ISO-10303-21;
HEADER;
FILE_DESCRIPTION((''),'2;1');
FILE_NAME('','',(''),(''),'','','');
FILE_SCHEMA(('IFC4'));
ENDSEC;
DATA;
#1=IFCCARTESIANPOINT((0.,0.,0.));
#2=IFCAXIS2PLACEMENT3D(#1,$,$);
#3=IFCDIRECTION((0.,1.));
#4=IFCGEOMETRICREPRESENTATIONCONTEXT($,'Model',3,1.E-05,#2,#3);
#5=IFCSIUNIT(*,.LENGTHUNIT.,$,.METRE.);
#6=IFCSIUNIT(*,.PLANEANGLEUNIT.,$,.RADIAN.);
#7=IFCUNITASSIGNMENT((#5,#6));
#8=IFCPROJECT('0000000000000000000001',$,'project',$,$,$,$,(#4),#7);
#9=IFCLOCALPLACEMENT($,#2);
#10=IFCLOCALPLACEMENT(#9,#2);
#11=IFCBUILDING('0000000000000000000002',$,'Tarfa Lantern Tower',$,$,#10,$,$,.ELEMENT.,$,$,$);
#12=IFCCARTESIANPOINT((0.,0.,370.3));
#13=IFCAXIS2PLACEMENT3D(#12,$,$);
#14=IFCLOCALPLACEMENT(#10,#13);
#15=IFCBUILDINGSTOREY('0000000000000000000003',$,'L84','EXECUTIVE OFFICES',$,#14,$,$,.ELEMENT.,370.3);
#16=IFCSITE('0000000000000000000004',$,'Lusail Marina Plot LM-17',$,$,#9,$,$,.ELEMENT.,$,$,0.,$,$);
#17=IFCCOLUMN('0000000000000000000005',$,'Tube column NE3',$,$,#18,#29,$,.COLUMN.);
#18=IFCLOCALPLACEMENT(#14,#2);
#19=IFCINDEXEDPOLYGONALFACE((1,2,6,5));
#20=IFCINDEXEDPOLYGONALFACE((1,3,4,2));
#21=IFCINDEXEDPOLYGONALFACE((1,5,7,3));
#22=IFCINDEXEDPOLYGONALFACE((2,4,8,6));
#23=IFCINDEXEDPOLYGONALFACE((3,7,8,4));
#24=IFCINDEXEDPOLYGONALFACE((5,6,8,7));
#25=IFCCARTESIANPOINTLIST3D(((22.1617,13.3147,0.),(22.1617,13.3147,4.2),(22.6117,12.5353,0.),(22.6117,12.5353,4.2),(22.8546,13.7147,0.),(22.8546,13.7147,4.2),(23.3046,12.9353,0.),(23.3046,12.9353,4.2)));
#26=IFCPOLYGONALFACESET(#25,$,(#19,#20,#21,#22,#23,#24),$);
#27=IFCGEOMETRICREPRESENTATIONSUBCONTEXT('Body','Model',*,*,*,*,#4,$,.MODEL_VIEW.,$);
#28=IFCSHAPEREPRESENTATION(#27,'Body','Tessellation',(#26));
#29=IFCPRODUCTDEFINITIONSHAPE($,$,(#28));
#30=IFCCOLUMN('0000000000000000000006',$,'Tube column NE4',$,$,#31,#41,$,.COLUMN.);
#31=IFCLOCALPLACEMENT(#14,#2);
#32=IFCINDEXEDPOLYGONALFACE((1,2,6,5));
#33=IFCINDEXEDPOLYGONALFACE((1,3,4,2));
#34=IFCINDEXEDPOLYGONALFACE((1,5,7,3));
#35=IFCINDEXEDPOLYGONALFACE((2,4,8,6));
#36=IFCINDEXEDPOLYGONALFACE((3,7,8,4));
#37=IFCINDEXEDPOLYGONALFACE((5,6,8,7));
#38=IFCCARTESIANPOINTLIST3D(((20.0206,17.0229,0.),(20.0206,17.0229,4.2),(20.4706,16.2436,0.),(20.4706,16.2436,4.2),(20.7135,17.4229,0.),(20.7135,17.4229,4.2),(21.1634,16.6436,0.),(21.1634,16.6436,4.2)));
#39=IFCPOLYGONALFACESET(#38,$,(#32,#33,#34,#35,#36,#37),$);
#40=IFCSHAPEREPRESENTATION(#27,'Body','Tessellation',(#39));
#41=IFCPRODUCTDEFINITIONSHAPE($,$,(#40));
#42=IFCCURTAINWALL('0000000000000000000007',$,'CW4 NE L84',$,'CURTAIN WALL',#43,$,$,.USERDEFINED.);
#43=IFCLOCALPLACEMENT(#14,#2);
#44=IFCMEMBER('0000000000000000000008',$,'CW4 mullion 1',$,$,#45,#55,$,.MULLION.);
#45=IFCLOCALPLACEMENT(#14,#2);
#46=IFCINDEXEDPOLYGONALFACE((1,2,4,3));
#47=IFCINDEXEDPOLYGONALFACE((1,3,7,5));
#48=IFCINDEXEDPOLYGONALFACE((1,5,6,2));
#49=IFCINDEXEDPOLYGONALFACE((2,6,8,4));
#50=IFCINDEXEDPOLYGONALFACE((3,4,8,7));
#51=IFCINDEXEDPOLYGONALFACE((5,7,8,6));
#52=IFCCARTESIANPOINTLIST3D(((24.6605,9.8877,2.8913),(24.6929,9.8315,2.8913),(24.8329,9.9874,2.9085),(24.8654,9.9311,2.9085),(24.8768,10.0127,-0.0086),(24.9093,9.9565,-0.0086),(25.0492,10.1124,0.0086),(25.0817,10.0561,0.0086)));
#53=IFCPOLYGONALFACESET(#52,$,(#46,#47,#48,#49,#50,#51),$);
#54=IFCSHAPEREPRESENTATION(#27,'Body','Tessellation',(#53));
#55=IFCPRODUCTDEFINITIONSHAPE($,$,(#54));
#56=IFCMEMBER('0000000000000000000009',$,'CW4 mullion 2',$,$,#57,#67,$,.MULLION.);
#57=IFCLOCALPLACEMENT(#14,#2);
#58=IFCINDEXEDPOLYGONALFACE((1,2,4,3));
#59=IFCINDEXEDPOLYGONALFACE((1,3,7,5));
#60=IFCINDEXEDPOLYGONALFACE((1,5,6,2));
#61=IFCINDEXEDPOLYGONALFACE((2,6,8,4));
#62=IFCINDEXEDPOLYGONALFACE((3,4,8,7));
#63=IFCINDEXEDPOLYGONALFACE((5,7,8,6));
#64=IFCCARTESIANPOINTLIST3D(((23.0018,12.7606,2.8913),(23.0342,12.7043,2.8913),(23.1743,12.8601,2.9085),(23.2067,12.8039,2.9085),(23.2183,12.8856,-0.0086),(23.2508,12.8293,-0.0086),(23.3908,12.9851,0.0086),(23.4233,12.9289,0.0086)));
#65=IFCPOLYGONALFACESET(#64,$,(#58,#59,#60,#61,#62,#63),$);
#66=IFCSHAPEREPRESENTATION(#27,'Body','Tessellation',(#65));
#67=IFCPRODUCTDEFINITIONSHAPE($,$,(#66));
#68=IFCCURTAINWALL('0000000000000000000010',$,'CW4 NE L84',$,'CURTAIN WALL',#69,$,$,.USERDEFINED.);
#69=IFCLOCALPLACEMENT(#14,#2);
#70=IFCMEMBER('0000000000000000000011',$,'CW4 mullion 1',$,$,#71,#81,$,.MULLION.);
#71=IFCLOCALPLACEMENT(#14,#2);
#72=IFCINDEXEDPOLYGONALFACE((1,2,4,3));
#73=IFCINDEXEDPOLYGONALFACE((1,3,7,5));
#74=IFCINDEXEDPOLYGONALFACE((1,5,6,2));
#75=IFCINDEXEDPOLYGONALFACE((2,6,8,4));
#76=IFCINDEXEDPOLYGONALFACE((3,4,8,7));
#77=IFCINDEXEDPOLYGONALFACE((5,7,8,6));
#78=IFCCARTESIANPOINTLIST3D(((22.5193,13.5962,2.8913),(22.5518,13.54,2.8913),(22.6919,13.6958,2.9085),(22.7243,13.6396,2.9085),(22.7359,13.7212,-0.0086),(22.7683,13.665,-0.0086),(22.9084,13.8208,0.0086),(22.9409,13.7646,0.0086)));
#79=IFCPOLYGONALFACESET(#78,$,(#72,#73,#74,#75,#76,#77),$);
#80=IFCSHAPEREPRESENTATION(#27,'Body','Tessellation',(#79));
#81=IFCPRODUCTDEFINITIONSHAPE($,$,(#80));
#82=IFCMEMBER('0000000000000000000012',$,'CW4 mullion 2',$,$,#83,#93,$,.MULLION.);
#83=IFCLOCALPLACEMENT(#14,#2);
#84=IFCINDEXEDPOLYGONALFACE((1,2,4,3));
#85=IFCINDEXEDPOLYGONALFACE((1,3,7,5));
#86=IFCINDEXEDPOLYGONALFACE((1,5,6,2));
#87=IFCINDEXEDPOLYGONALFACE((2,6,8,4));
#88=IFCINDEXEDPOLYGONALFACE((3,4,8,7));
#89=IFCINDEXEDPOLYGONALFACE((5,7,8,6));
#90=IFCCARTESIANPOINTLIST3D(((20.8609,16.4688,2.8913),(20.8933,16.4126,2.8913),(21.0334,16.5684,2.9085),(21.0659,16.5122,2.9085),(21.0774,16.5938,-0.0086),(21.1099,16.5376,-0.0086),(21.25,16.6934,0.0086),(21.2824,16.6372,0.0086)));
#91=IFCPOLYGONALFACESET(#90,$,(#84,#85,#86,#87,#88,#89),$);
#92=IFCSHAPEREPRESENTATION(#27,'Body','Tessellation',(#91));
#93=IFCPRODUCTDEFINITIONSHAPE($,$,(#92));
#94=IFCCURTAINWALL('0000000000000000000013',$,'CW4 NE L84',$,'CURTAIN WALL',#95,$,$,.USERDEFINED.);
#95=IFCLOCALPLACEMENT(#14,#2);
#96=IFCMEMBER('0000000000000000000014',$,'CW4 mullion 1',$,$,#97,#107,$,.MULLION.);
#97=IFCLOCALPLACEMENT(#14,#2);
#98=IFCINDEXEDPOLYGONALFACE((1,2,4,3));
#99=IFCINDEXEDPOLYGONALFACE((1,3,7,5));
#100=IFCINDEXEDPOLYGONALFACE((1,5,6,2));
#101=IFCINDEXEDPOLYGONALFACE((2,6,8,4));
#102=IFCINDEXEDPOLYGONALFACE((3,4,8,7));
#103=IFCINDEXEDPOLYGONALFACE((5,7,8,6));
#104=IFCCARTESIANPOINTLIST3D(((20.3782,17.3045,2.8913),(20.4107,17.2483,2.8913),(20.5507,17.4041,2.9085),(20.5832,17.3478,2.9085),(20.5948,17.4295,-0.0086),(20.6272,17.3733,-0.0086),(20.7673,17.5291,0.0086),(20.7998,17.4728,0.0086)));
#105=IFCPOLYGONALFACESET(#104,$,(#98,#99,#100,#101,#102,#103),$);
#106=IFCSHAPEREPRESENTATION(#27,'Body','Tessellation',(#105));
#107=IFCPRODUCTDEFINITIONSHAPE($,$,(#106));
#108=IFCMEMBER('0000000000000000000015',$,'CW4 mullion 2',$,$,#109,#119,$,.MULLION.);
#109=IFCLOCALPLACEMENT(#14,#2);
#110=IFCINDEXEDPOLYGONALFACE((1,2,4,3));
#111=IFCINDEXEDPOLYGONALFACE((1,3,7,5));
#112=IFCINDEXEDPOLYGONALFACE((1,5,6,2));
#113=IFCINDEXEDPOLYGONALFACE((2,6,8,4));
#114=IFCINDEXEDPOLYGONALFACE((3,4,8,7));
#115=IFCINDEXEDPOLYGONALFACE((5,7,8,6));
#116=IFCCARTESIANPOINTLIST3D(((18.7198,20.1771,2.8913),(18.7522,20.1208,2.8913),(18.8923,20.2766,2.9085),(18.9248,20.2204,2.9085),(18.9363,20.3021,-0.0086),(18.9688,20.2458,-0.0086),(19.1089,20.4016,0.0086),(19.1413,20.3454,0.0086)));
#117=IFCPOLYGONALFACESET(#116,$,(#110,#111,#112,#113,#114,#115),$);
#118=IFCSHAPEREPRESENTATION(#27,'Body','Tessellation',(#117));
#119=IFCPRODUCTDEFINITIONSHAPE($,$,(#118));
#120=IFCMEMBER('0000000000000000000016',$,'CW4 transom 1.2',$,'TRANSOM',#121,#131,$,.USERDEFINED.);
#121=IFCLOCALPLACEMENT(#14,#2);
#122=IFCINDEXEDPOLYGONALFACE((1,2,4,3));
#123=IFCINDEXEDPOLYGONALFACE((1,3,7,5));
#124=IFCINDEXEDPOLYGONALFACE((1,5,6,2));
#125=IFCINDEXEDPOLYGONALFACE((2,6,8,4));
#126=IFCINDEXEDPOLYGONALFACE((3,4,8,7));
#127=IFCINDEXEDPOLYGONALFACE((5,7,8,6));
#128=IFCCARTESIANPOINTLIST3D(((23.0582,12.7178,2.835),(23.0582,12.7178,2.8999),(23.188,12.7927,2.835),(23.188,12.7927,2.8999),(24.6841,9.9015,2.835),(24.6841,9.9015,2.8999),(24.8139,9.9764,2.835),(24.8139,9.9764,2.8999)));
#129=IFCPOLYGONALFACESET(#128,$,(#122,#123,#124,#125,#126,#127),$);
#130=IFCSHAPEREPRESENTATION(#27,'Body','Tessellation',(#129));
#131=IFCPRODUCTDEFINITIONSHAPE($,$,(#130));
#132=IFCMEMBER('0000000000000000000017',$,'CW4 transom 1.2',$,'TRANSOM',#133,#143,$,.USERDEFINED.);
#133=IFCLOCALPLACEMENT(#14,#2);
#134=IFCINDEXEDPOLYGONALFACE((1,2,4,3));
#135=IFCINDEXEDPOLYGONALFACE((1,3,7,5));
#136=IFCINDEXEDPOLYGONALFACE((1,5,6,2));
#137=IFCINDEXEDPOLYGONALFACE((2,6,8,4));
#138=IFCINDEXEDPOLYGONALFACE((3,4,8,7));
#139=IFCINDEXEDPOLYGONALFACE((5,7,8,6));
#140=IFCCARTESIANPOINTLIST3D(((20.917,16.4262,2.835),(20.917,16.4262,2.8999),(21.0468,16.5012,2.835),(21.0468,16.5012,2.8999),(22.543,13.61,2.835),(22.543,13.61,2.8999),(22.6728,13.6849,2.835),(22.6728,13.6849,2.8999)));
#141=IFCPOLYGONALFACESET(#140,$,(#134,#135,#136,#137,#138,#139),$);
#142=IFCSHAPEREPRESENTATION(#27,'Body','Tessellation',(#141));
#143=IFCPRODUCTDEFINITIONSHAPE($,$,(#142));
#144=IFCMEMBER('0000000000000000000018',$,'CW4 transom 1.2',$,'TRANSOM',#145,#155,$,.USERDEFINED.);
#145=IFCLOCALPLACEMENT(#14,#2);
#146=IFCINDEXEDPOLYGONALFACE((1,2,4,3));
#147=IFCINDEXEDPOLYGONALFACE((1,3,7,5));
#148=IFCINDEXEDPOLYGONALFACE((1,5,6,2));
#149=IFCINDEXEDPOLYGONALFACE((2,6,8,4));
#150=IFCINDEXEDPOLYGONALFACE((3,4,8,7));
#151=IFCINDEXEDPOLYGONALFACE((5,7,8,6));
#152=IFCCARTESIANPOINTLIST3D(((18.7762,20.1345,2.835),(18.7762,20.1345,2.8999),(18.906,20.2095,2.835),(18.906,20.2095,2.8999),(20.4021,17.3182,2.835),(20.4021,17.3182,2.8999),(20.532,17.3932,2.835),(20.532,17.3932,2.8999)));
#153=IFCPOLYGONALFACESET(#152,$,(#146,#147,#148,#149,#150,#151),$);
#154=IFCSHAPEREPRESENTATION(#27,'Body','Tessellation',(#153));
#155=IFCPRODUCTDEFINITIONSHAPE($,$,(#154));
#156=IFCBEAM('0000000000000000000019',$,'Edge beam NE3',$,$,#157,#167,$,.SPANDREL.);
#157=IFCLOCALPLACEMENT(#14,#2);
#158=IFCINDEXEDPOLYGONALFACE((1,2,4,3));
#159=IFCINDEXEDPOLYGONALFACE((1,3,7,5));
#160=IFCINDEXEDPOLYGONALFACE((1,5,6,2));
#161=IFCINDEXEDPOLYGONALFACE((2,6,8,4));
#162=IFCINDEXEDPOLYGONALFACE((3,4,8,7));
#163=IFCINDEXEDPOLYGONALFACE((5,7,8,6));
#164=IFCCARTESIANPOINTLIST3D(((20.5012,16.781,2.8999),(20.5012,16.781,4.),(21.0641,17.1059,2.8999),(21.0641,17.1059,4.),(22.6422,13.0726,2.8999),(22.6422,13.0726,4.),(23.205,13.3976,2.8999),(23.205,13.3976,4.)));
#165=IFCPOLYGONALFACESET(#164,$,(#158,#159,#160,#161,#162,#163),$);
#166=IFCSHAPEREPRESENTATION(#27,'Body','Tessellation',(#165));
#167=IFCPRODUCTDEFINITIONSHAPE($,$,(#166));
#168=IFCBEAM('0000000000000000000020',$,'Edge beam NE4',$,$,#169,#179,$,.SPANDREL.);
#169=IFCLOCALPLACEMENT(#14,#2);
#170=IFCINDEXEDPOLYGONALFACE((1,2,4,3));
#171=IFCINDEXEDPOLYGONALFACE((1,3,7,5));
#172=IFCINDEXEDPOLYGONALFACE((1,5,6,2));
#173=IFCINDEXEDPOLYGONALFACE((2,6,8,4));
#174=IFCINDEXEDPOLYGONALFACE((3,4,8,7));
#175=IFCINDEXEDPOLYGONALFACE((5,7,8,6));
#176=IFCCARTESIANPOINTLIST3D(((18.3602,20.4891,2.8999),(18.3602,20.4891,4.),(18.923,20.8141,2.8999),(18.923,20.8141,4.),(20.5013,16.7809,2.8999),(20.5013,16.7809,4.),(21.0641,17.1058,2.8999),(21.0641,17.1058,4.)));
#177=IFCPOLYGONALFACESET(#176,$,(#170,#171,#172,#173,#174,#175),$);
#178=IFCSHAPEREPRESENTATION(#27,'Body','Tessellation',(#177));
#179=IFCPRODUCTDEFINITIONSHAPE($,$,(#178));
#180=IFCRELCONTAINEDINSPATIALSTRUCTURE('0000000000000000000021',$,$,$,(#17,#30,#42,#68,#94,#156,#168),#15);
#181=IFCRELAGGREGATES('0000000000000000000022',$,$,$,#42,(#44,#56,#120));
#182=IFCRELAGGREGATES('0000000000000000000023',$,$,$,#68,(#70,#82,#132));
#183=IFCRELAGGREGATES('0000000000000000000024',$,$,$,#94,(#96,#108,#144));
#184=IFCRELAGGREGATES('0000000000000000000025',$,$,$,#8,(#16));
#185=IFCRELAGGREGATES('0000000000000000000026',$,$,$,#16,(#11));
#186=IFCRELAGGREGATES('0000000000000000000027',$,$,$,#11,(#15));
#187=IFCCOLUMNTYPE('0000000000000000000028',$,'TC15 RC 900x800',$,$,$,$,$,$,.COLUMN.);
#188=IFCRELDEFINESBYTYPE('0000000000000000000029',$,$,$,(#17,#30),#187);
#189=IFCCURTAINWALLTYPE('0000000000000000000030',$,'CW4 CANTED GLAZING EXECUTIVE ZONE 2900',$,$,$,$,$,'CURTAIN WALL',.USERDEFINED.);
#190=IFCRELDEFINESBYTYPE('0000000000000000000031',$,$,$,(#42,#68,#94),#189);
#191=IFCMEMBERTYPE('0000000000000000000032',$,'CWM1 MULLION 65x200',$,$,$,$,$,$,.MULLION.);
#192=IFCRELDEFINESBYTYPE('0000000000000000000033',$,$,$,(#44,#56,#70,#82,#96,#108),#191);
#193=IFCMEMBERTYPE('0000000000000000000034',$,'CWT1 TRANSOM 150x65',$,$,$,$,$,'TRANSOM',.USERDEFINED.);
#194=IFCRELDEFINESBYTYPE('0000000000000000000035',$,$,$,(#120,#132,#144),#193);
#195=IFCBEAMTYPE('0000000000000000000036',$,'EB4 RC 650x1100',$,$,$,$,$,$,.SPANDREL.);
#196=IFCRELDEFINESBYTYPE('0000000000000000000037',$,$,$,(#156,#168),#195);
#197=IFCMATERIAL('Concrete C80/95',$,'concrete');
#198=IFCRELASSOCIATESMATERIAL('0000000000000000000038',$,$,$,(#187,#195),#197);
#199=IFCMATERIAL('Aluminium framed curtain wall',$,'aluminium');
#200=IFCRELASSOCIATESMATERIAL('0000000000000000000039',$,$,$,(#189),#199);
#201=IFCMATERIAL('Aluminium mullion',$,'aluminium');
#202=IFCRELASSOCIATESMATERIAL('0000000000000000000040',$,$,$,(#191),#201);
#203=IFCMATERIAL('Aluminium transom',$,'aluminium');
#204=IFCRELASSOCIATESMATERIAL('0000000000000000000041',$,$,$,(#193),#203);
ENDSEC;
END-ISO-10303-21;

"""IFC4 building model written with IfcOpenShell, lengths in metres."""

from ifc_helpers import new_model, si_unit, direction, frame, origin, origin_2d, place, context, subcontext, project, spatial, rectangle, extrude, material, material_profile, profile_set, type_object, element, aggregate, save


model = new_model("IFC4")

# Units and contexts
model_context = context("Model", 3, precision=1e-05, world=origin(), true_north=direction((0.0, 1.0)))
body_context = subcontext(model_context, "Body", "Model", "MODEL_VIEW")
ifc_project = project(units=[si_unit("LENGTHUNIT", "METRE"), si_unit("PLANEANGLEUNIT", "RADIAN")], contexts=[model_context])

# Site, building, storey
site_placement = place(None, origin())
site = spatial("IfcSite", under=ifc_project, at=site_placement, Name="Lusail Marina Plot LM-17", CompositionType="ELEMENT", RefElevation=0.0)
building_placement = place(site_placement, origin())
building = spatial("IfcBuilding", under=site, at=building_placement, Name="Tarfa Lantern Tower", CompositionType="ELEMENT")
storey_placement = place(building_placement, frame((0.0, 0.0, 370.3)))
storey = spatial("IfcBuildingStorey", under=building, at=storey_placement, Name="L84", Description="EXECUTIVE OFFICES", CompositionType="ELEMENT", Elevation=370.3)

# Columns
ifc_material_1 = material(Name="Concrete C80/95", Category="concrete")
ifc_material_profile_1 = material_profile(ifc_material_1, rectangle(XDim=0.8999, YDim=0.8, at=origin_2d()), Name="RC 900x800")
ifc_profile_set_1 = profile_set([ifc_material_profile_1], Name="Concrete C80/95")
column_type = type_object("IfcColumnType", Name="TC15 RC 900x800", PredefinedType="COLUMN", material=ifc_profile_set_1)
for number, where, z_axis, x_axis, name in (
    (1, (22.7332, 13.125, 0.0), (0.0, 0.0, 1.0), (-0.5, 0.866025, 0.0), "Tube column NE3"),
    (2, (20.592, 16.8333, 0.0), (0.0, 0.0, 1.0), (-0.5, 0.866025, 0.0), "Tube column NE4"),
):
    element("IfcColumn", number, at=place(storey_placement, frame(where, z_axis=z_axis, x_axis=x_axis)), inside=storey, type_object=column_type, Name=name, PredefinedType="COLUMN", context=body_context, shape_type="SweptSolid", body=[
        extrude(rectangle(XDim=0.8999, YDim=0.8, at=origin_2d()), origin(), (0.0, 0.0, 1.0), 4.2),
    ])

# Curtain walls, members
ifc_material_2 = material(Name="Aluminium framed curtain wall", Category="aluminium")
curtain_wall_type = type_object("IfcCurtainWallType", Name="CW4 CANTED GLAZING EXECUTIVE ZONE 2900", ElementType="CURTAIN WALL", PredefinedType="USERDEFINED", material=ifc_material_2)
curtain_wall_1_placement = place(storey_placement, origin())
curtain_wall_1 = element("IfcCurtainWall", 3, at=curtain_wall_1_placement, inside=storey, type_object=curtain_wall_type, Name="CW4 NE L84", ObjectType="CURTAIN WALL", PredefinedType="USERDEFINED")
ifc_material_3 = material(Name="Aluminium mullion", Category="aluminium")
ifc_material_profile_2 = material_profile(ifc_material_3, rectangle(XDim=0.0649, YDim=0.2, at=origin_2d()), Name="AL MULLION 65x200")
ifc_profile_set_2 = profile_set([ifc_material_profile_2], Name="Aluminium mullion")
member_type_1 = type_object("IfcMemberType", Name="CWM1 MULLION 65x200", PredefinedType="MULLION", material=ifc_profile_set_2)
member_1_placement = place(storey_placement, frame((24.9792, 10.0344, 0.0), z_axis=(-0.074316, -0.042946, 0.99631), x_axis=(0.500343, -0.865827, 0.0)))
member_1 = element("IfcMember", 4, at=member_1_placement, type_object=member_type_1, Name="CW4 mullion 1", PredefinedType="MULLION", context=body_context, shape_type="SweptSolid", body=[
    extrude(rectangle(XDim=0.0649, YDim=0.2, at=origin_2d()), origin(), (0.0, 0.0, 1.0), 2.9106),
])
member_2_placement = place(storey_placement, frame((23.3208, 12.9072, 0.0), z_axis=(-0.0744, -0.042946, 0.996303), x_axis=(0.49992, -0.866072, 0.0)))
member_2 = element("IfcMember", 5, at=member_2_placement, type_object=member_type_1, Name="CW4 mullion 2", PredefinedType="MULLION", context=body_context, shape_type="SweptSolid", body=[
    extrude(rectangle(XDim=0.0649, YDim=0.2, at=origin_2d()), origin(), (0.0, 0.0, 1.0), 2.9106),
])
curtain_wall_2_placement = place(storey_placement, origin())
curtain_wall_2 = element("IfcCurtainWall", 6, at=curtain_wall_2_placement, inside=storey, type_object=curtain_wall_type, Name="CW4 NE L84", ObjectType="CURTAIN WALL", PredefinedType="USERDEFINED")
member_3_placement = place(storey_placement, frame((22.8384, 13.7429, 0.0), z_axis=(-0.0744, -0.042946, 0.996303), x_axis=(0.49992, -0.866072, 0.0)))
member_3 = element("IfcMember", 7, at=member_3_placement, type_object=member_type_1, Name="CW4 mullion 1", PredefinedType="MULLION", context=body_context, shape_type="SweptSolid", body=[
    extrude(rectangle(XDim=0.0649, YDim=0.2, at=origin_2d()), origin(), (0.0, 0.0, 1.0), 2.9106),
])
member_4_placement = place(storey_placement, frame((21.1799, 16.6155, 0.0), z_axis=(-0.0744, -0.042946, 0.996303), x_axis=(0.49992, -0.866072, 0.0)))
member_4 = element("IfcMember", 8, at=member_4_placement, type_object=member_type_1, Name="CW4 mullion 2", PredefinedType="MULLION", context=body_context, shape_type="SweptSolid", body=[
    extrude(rectangle(XDim=0.0649, YDim=0.2, at=origin_2d()), origin(), (0.0, 0.0, 1.0), 2.9106),
])
curtain_wall_3_placement = place(storey_placement, origin())
curtain_wall_3 = element("IfcCurtainWall", 9, at=curtain_wall_3_placement, inside=storey, type_object=curtain_wall_type, Name="CW4 NE L84", ObjectType="CURTAIN WALL", PredefinedType="USERDEFINED")
member_5_placement = place(storey_placement, frame((20.6973, 17.4512, 0.0), z_axis=(-0.0744, -0.042946, 0.996303), x_axis=(0.49992, -0.866072, 0.0)))
member_5 = element("IfcMember", 10, at=member_5_placement, type_object=member_type_1, Name="CW4 mullion 1", PredefinedType="MULLION", context=body_context, shape_type="SweptSolid", body=[
    extrude(rectangle(XDim=0.0649, YDim=0.2, at=origin_2d()), origin(), (0.0, 0.0, 1.0), 2.9106),
])
member_6_placement = place(storey_placement, frame((19.0388, 20.3237, 0.0), z_axis=(-0.0744, -0.042946, 0.996303), x_axis=(0.49992, -0.866072, 0.0)))
member_6 = element("IfcMember", 11, at=member_6_placement, type_object=member_type_1, Name="CW4 mullion 2", PredefinedType="MULLION", context=body_context, shape_type="SweptSolid", body=[
    extrude(rectangle(XDim=0.0649, YDim=0.2, at=origin_2d()), origin(), (0.0, 0.0, 1.0), 2.9106),
])

# Members
ifc_material_4 = material(Name="Aluminium transom", Category="aluminium")
ifc_material_profile_3 = material_profile(ifc_material_4, rectangle(XDim=0.1499, YDim=0.0649, at=origin_2d()), Name="AL TRANSOM 150x65")
ifc_profile_set_3 = profile_set([ifc_material_profile_3], Name="Aluminium transom")
member_type_2 = type_object("IfcMemberType", Name="CWT1 TRANSOM 150x65", ElementType="TRANSOM", PredefinedType="USERDEFINED", material=ifc_profile_set_3)
member_7_placement = place(storey_placement, frame((24.749, 9.939, 2.8674), z_axis=(-0.499982, 0.866036, 0.0), x_axis=(-0.866036, -0.499982, 0.0)))
member_7 = element("IfcMember", 12, at=member_7_placement, type_object=member_type_2, Name="CW4 transom 1.2", ObjectType="TRANSOM", PredefinedType="USERDEFINED", context=body_context, shape_type="SweptSolid", body=[
    extrude(rectangle(XDim=0.1499, YDim=0.0649, at=origin_2d()), origin(), (0.0, 0.0, 1.0), 3.252),
])
member_8_placement = place(storey_placement, frame((22.6079, 13.6475, 2.8674), z_axis=(-0.500015, 0.866017, 0.0), x_axis=(-0.866017, -0.500015, 0.0)))
member_8 = element("IfcMember", 13, at=member_8_placement, type_object=member_type_2, Name="CW4 transom 1.2", ObjectType="TRANSOM", PredefinedType="USERDEFINED", context=body_context, shape_type="SweptSolid", body=[
    extrude(rectangle(XDim=0.1499, YDim=0.0649, at=origin_2d()), origin(), (0.0, 0.0, 1.0), 3.252),
])
member_9_placement = place(storey_placement, frame((20.467, 17.3557, 2.8674), z_axis=(-0.499982, 0.866036, 0.0), x_axis=(-0.866036, -0.499982, 0.0)))
member_9 = element("IfcMember", 14, at=member_9_placement, type_object=member_type_2, Name="CW4 transom 1.2", ObjectType="TRANSOM", PredefinedType="USERDEFINED", context=body_context, shape_type="SweptSolid", body=[
    extrude(rectangle(XDim=0.1499, YDim=0.0649, at=origin_2d()), origin(), (0.0, 0.0, 1.0), 3.252),
])

# Beams
ifc_material_profile_4 = material_profile(ifc_material_1, rectangle(XDim=0.6499, YDim=1.1001, at=origin_2d()), Name="RC 650x1100")
ifc_profile_set_4 = profile_set([ifc_material_profile_4], Name="Concrete C80/95")
beam_type_1 = type_object("IfcBeamType", Name="EB4 RC 650x1100", PredefinedType="SPANDREL", material=ifc_profile_set_4)
for number, where, z_axis, x_axis, name in (
    (15, (22.9236, 13.2351, 3.45), (-0.499984, 0.866035, 0.0), (-0.866035, -0.499984, 0.0), "Edge beam NE3"),
    (16, (20.7827, 16.9434, 3.45), (-0.500027, 0.86601, 0.0), (-0.86601, -0.500027, 0.0), "Edge beam NE4"),
):
    element("IfcBeam", number, at=place(storey_placement, frame(where, z_axis=z_axis, x_axis=x_axis)), inside=storey, type_object=beam_type_1, Name=name, PredefinedType="SPANDREL", context=body_context, shape_type="SweptSolid", body=[
        extrude(rectangle(XDim=0.6499, YDim=1.1001, at=origin_2d()), origin(), (0.0, 0.0, 1.0), 4.282),
    ])

aggregate(curtain_wall_1, [member_1, member_2, member_7])
aggregate(curtain_wall_2, [member_3, member_4, member_8])
aggregate(curtain_wall_3, [member_5, member_6, member_9])

save(model, "model.ifc")
